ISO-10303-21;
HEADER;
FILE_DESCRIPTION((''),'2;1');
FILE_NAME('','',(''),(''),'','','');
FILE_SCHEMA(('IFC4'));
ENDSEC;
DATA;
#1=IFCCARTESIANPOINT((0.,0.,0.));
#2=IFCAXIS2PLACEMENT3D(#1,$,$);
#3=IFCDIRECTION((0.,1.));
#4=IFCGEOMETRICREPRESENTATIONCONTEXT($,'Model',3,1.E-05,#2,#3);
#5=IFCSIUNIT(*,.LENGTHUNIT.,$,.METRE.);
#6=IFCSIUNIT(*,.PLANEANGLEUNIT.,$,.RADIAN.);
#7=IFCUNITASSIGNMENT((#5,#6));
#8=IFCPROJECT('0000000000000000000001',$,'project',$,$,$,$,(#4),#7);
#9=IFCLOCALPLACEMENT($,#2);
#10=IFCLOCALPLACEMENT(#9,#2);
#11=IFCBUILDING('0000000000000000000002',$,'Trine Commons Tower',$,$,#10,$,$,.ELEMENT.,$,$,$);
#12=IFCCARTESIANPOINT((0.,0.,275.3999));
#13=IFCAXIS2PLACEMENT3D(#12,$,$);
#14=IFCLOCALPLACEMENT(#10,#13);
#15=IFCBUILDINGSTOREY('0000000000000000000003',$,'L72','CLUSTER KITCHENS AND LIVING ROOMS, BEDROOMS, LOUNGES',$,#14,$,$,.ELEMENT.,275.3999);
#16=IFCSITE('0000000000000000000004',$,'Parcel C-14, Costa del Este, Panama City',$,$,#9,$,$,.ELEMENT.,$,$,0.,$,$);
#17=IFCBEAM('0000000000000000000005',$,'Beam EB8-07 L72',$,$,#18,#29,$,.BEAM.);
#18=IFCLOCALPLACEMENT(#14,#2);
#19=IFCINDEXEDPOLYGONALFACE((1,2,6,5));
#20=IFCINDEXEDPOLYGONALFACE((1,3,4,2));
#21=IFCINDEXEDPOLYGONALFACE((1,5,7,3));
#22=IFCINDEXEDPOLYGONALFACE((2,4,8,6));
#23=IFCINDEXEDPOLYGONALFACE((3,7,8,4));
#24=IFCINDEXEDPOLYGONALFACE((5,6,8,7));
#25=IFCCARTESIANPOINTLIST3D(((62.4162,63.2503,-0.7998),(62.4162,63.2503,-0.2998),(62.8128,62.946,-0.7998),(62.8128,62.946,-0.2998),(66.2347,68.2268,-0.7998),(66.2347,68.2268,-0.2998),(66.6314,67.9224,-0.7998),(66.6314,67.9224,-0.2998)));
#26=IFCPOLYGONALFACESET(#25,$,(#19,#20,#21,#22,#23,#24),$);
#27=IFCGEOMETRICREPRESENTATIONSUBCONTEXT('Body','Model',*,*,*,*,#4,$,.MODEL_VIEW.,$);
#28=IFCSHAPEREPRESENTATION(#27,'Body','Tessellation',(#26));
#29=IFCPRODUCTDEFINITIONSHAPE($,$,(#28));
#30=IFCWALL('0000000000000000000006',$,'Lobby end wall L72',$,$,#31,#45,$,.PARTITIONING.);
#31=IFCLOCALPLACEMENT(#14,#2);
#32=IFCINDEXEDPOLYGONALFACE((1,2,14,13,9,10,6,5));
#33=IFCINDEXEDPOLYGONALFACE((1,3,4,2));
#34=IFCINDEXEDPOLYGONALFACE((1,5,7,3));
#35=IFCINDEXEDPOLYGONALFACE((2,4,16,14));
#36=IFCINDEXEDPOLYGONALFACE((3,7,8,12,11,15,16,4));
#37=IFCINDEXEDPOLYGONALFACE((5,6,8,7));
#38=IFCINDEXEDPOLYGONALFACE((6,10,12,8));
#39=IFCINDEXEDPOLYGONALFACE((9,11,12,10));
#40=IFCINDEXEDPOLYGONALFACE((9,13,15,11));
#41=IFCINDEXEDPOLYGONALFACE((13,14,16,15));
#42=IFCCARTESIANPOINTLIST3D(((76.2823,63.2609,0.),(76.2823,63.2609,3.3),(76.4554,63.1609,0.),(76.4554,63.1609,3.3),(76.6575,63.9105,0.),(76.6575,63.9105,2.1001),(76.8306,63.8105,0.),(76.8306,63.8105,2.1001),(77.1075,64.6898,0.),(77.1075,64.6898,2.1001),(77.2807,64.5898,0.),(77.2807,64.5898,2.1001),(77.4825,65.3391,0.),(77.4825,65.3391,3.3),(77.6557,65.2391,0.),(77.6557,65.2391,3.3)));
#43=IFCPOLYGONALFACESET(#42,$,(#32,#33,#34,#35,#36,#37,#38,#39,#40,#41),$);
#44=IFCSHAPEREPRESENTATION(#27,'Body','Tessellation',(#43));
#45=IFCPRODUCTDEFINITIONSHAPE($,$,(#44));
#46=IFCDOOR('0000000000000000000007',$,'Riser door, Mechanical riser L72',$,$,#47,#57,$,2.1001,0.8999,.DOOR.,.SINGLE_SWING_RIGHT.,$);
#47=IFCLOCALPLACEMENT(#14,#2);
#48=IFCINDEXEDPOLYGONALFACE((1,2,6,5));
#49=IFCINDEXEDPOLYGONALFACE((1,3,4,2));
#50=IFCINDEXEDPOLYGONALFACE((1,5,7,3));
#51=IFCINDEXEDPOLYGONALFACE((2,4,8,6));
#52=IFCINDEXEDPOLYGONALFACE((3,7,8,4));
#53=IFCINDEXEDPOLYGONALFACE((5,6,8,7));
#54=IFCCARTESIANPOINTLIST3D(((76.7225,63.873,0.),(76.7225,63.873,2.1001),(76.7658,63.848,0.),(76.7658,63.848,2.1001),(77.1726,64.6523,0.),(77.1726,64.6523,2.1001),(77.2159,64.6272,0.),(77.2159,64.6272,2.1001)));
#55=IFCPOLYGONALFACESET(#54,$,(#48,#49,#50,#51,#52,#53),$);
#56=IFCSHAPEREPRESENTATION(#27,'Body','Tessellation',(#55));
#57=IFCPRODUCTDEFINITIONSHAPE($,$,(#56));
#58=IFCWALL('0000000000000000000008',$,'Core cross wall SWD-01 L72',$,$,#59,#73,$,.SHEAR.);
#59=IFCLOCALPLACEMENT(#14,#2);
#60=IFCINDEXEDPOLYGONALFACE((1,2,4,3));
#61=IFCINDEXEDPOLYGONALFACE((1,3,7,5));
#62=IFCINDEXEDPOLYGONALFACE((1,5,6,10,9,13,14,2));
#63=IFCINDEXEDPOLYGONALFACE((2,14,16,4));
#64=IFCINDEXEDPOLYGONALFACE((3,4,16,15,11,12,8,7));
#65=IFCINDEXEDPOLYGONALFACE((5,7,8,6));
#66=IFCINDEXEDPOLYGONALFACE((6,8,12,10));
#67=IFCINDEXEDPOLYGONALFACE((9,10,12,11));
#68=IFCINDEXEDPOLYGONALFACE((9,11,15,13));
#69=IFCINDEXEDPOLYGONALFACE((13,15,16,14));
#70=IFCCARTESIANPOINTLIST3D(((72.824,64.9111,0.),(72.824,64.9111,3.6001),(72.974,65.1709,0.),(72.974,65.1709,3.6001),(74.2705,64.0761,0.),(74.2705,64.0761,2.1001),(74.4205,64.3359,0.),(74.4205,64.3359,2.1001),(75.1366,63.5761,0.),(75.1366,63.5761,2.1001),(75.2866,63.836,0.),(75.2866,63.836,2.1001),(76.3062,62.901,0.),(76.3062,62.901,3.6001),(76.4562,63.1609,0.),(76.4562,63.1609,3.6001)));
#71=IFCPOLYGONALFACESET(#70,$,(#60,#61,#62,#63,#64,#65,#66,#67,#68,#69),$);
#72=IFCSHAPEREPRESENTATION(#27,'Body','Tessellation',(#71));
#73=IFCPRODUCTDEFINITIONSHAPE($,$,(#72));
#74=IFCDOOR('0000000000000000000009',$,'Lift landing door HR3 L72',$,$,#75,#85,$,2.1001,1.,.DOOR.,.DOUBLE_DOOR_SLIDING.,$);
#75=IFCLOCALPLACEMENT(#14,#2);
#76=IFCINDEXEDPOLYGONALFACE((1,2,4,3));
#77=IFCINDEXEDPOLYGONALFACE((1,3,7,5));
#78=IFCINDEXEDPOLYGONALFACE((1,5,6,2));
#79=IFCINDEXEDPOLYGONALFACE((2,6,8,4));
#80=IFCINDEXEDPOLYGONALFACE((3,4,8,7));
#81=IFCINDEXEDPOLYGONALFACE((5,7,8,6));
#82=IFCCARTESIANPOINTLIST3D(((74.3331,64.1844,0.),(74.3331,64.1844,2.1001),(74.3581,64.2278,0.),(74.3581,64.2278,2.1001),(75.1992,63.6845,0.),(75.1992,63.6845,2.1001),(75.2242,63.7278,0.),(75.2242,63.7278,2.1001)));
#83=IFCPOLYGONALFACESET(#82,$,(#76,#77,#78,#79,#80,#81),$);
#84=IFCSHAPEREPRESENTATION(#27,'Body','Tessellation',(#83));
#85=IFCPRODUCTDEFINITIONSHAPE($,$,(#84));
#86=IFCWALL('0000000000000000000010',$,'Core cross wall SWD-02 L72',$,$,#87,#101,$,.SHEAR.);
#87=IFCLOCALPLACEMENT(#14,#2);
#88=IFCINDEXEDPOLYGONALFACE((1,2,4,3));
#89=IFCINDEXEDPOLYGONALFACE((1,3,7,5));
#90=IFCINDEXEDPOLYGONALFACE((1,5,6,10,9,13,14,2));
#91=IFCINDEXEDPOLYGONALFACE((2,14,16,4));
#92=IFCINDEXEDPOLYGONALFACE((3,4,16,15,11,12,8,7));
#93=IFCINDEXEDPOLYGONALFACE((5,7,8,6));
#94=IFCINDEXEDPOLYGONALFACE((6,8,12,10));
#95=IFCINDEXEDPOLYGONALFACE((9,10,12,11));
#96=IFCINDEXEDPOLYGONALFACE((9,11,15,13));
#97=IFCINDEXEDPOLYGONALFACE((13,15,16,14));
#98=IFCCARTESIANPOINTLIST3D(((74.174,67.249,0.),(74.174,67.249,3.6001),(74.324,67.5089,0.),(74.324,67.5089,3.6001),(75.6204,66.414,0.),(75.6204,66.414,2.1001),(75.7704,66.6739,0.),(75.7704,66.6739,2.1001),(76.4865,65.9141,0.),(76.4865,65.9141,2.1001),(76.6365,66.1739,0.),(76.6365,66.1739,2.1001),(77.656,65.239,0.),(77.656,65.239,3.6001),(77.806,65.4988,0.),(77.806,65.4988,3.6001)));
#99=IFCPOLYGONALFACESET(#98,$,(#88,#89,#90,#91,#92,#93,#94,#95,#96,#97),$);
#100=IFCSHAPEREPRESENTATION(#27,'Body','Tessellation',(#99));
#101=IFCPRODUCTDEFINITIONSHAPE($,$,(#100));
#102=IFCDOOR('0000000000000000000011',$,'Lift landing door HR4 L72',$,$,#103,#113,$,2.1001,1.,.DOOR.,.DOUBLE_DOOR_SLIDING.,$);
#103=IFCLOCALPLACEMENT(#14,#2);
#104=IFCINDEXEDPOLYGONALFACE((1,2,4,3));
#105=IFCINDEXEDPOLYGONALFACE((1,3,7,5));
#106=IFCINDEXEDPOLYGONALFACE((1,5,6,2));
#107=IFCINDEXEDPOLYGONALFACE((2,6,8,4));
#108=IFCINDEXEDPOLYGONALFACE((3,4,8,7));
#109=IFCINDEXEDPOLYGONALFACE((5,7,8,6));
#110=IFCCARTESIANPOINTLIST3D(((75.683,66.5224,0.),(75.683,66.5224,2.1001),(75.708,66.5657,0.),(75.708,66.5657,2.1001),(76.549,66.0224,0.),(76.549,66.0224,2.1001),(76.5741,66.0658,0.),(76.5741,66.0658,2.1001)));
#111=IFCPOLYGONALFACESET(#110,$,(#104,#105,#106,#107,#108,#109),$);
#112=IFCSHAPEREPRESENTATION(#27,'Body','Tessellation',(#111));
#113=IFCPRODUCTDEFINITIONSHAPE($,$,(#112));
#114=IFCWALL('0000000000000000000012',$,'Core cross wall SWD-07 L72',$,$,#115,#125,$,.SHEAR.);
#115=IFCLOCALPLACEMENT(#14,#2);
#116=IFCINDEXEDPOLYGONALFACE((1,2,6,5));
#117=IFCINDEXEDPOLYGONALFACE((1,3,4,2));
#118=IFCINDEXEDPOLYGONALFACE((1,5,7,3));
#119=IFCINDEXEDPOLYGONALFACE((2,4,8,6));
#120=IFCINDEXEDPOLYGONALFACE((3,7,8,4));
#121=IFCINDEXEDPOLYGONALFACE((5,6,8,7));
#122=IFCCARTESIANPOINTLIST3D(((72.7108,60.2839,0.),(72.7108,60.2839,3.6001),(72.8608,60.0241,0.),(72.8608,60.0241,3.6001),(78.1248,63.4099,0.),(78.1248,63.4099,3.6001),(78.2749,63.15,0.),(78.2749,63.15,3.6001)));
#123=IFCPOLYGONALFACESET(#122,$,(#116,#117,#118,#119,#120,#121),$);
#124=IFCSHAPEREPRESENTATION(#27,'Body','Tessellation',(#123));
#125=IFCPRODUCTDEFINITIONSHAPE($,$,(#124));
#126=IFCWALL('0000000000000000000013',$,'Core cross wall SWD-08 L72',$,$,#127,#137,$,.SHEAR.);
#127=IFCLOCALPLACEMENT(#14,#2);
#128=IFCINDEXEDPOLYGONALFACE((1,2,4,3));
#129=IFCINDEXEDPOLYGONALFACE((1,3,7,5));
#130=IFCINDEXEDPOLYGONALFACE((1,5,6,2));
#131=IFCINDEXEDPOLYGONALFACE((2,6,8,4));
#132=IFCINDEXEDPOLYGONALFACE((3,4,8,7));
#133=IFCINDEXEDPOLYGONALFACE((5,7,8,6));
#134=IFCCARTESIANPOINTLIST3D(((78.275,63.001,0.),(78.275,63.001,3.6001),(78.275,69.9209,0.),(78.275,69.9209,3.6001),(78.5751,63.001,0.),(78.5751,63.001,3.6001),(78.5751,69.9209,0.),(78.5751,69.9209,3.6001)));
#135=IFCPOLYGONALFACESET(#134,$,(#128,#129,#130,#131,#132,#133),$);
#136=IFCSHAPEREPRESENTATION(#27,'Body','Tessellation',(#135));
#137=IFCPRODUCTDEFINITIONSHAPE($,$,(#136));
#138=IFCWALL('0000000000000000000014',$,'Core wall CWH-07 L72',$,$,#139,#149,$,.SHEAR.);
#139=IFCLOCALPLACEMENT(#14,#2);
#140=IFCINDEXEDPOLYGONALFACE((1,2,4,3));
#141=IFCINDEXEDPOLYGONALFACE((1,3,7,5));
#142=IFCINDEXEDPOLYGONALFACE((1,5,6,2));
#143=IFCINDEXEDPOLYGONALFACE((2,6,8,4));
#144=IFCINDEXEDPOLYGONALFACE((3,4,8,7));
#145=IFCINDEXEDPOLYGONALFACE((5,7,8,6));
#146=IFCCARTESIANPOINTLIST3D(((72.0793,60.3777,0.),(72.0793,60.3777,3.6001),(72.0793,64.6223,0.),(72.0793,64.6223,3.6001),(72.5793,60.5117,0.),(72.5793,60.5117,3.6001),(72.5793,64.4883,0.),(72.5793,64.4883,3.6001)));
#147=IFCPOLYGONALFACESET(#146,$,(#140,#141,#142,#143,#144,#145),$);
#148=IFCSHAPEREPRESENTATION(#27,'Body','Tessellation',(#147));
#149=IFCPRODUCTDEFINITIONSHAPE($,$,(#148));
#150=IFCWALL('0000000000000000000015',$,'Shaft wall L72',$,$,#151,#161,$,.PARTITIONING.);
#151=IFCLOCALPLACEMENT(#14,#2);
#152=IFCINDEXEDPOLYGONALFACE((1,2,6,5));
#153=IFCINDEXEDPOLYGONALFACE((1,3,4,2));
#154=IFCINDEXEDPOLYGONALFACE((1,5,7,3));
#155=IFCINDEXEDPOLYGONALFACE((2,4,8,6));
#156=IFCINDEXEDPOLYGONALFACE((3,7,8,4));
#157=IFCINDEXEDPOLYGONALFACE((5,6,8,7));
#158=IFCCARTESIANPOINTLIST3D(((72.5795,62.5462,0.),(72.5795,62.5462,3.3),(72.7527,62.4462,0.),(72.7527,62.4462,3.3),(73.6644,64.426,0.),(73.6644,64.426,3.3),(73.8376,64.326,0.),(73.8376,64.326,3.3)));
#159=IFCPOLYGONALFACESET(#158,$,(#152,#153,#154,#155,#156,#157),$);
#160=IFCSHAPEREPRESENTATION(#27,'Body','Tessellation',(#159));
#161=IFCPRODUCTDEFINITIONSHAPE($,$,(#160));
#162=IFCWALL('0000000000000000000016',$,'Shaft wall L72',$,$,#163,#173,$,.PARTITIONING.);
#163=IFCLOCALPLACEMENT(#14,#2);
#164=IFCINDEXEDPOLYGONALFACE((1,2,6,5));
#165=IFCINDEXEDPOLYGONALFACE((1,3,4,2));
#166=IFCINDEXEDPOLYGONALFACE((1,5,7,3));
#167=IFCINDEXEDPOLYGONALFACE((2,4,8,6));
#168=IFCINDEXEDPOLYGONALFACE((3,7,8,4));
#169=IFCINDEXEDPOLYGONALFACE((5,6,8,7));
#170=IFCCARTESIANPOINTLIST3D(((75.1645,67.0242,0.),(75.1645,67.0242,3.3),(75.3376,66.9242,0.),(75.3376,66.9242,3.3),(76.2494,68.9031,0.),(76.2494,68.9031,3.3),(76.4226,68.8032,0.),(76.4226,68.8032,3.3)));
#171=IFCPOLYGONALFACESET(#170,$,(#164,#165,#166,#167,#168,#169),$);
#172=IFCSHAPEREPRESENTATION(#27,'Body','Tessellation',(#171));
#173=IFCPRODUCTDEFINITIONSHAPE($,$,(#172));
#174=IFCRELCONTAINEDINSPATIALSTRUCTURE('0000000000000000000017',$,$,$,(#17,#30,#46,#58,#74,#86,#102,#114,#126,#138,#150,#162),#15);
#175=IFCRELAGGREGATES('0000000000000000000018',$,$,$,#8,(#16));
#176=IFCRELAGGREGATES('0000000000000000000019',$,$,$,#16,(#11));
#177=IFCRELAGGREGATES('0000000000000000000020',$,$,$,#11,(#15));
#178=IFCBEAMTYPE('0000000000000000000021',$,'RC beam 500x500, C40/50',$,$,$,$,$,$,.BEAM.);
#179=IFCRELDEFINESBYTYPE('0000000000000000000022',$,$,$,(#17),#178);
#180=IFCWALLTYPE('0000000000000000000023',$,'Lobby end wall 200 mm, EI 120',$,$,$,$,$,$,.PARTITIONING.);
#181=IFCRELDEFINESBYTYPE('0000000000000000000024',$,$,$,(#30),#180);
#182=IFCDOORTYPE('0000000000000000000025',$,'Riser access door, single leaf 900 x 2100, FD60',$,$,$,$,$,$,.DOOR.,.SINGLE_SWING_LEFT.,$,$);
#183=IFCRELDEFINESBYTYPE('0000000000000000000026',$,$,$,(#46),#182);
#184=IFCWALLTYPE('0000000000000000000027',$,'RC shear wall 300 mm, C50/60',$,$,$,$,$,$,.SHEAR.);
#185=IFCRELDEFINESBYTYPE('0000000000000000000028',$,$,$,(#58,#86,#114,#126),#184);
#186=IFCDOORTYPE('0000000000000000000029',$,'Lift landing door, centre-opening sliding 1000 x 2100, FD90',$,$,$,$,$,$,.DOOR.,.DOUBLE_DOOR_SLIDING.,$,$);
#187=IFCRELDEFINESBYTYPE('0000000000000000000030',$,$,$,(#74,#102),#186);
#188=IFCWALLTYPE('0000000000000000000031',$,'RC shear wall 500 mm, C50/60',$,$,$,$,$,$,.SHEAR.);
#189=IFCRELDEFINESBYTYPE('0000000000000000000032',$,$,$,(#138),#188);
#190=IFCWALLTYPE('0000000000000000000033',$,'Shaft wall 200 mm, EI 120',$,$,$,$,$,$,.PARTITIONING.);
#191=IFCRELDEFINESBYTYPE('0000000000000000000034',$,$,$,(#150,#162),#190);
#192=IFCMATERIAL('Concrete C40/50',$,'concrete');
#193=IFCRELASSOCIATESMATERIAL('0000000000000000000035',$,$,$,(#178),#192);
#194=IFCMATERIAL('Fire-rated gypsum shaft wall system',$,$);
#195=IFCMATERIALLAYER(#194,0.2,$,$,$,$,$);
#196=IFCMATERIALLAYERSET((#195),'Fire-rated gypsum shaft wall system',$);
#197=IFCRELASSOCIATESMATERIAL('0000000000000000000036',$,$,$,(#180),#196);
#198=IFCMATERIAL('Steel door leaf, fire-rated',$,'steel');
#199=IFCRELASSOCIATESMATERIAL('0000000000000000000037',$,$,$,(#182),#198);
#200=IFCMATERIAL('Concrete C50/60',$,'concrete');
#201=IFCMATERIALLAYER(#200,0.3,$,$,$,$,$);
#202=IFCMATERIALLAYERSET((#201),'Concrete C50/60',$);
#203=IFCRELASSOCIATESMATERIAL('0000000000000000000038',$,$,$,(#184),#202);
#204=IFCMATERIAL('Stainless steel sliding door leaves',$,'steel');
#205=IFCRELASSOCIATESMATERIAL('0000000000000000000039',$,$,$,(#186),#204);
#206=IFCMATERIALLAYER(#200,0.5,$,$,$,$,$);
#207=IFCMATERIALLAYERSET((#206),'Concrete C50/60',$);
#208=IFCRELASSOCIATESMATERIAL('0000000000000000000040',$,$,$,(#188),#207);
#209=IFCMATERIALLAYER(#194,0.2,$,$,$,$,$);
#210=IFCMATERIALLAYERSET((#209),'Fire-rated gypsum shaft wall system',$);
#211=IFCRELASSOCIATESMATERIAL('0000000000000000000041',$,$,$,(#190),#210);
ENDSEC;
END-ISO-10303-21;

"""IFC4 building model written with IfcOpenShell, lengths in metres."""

from ifc_helpers import new_model, si_unit, direction, frame, frame_2d, origin, origin_2d, place, context, subcontext, project, spatial, polyline, rectangle, outline, extrude, material, layer, layer_set, material_profile, profile_set, type_object, element, fill, save


model = new_model("IFC4")

# Units and contexts
model_context = context("Model", 3, precision=1e-05, world=origin(), true_north=direction((0.0, 1.0)))
body_context = subcontext(model_context, "Body", "Model", "MODEL_VIEW")
ifc_project = project(units=[si_unit("LENGTHUNIT", "METRE"), si_unit("PLANEANGLEUNIT", "RADIAN")], contexts=[model_context])

# Site, building, storey
site_placement = place(None, origin())
site = spatial("IfcSite", under=ifc_project, at=site_placement, Name="Parcel C-14, Costa del Este, Panama City", CompositionType="ELEMENT", RefElevation=0.0)
building_placement = place(site_placement, origin())
building = spatial("IfcBuilding", under=site, at=building_placement, Name="Trine Commons Tower", CompositionType="ELEMENT")
storey_placement = place(building_placement, frame((0.0, 0.0, 275.3999)))
storey = spatial("IfcBuildingStorey", under=building, at=storey_placement, Name="L72", Description="CLUSTER KITCHENS AND LIVING ROOMS, BEDROOMS, LOUNGES", CompositionType="ELEMENT", Elevation=275.3999)

# Beam
ifc_material_1 = material(Name="Concrete C40/50", Category="concrete")
ifc_material_profile = material_profile(ifc_material_1, rectangle(XDim=0.5, YDim=0.5, at=origin_2d()), Name="RC 500x500")
ifc_profile_set = profile_set([ifc_material_profile], Name="Concrete C40/50")
beam_type = type_object("IfcBeamType", Name="RC beam 500x500, C40/50", PredefinedType="BEAM", material=ifc_profile_set)
beam_placement = place(storey_placement, frame((62.6145, 63.0981, -0.5498), z_axis=(0.608757, 0.793357, 0.0), x_axis=(-0.793357, 0.608757, 0.0)))
element("IfcBeam", 1, at=beam_placement, inside=storey, type_object=beam_type, Name="Beam EB8-07 L72", PredefinedType="BEAM", context=body_context, shape_type="SweptSolid", body=[
    extrude(rectangle(XDim=0.5, YDim=0.5, at=origin_2d()), origin(), (0.0, 0.0, 1.0), 6.2727),
])

# Walls, openings, doors
ifc_material_2 = material(Name="Fire-rated gypsum shaft wall system")
ifc_layer_1 = layer(ifc_material_2, 0.2)
ifc_layer_set_1 = layer_set([ifc_layer_1], Name="Fire-rated gypsum shaft wall system")
wall_type_1 = type_object("IfcWallType", Name="Lobby end wall 200 mm, EI 120", PredefinedType="PARTITIONING", material=ifc_layer_set_1)
wall_1_placement = place(storey_placement, frame((77.5691, 65.2891, 0.0), z_axis=(0.0, 0.0, 1.0), x_axis=(-0.500122, -0.865955, 0.0)))
wall_1 = element("IfcWall", 2, at=wall_1_placement, inside=storey, type_object=wall_type_1, Name="Lobby end wall L72", PredefinedType="PARTITIONING", context=body_context, shape_type="SweptSolid", body=[
    extrude(rectangle(XDim=2.3999, YDim=0.2, at=frame_2d((1.2, 0.0))), origin(), (0.0, 0.0, 1.0), 3.3),
])
opening_1_placement = place(wall_1_placement, frame((0.7498, 0.0, 0.0)))
opening_1 = element("IfcOpeningElement", 3, at=opening_1_placement, cuts=wall_1, PredefinedType="OPENING", context=body_context, shape_type="SweptSolid", body=[
    extrude(rectangle(XDim=0.8999, YDim=2.1001, at=frame_2d((0.45, 1.05))), frame((0.0, 0.1099, 0.0), z_axis=(0.0, -1.0, 0.0), x_axis=(1.0, 0.0, 0.0)), (0.0, 0.0, 1.0), 0.22),
])
ifc_material_3 = material(Name="Steel door leaf, fire-rated", Category="steel")
door_type_1 = type_object("IfcDoorType", Name="Riser access door, single leaf 900 x 2100, FD60", OperationType="SINGLE_SWING_LEFT", PredefinedType="DOOR", material=ifc_material_3)
door_1_placement = place(opening_1_placement, frame((0.8999, 0.0, 0.0), z_axis=(0.0, 0.0, 1.0), x_axis=(-1.0, 0.0, 0.0)))
door_1 = element("IfcDoor", 4, at=door_1_placement, inside=storey, type_object=door_type_1, Name="Riser door, Mechanical riser L72", OperationType="SINGLE_SWING_RIGHT", OverallHeight=2.1001, OverallWidth=0.8999, PredefinedType="DOOR", context=body_context, shape_type="SweptSolid", body=[
    extrude(rectangle(XDim=0.8999, YDim=2.1001, at=frame_2d((0.45, 1.05))), frame((0.0, 0.0249, 0.0), z_axis=(0.0, -1.0, 0.0), x_axis=(1.0, 0.0, 0.0)), (0.0, 0.0, 1.0), 0.05),
])
fill(opening_1, door_1)
ifc_material_4 = material(Name="Concrete C50/60", Category="concrete")
ifc_layer_2 = layer(ifc_material_4, 0.3)
ifc_layer_set_2 = layer_set([ifc_layer_2], Name="Concrete C50/60")
wall_type_2 = type_object("IfcWallType", Name="RC shear wall 300 mm, C50/60", PredefinedType="SHEAR", material=ifc_layer_set_2)
wall_2_placement = place(storey_placement, frame((76.3811, 63.031, 0.0), z_axis=(0.0, 0.0, 1.0), x_axis=(-0.866071, 0.49992, 0.0)))
wall_2 = element("IfcWall", 5, at=wall_2_placement, inside=storey, type_object=wall_type_2, Name="Core cross wall SWD-01 L72", PredefinedType="SHEAR", context=body_context, shape_type="SweptSolid", body=[
    extrude(rectangle(XDim=4.0208, YDim=0.3, at=frame_2d((2.0103, 0.0))), origin(), (0.0, 0.0, 1.0), 3.6001),
])
opening_2_placement = place(wall_2_placement, frame((1.3503, 0.0, 0.0)))
opening_2 = element("IfcOpeningElement", 6, at=opening_2_placement, cuts=wall_2, PredefinedType="OPENING", context=body_context, shape_type="SweptSolid", body=[
    extrude(rectangle(XDim=1.0, YDim=2.1001, at=frame_2d((0.5, 1.05))), frame((0.0, 0.1599, 0.0), z_axis=(0.0, -1.0, 0.0), x_axis=(1.0, 0.0, 0.0)), (0.0, 0.0, 1.0), 0.3201),
])
ifc_material_5 = material(Name="Stainless steel sliding door leaves", Category="steel")
door_type_2 = type_object("IfcDoorType", Name="Lift landing door, centre-opening sliding 1000 x 2100, FD90", OperationType="DOUBLE_DOOR_SLIDING", PredefinedType="DOOR", material=ifc_material_5)
door_2_placement = place(opening_2_placement, origin())
door_2 = element("IfcDoor", 7, at=door_2_placement, inside=storey, type_object=door_type_2, Name="Lift landing door HR3 L72", OperationType="DOUBLE_DOOR_SLIDING", OverallHeight=2.1001, OverallWidth=1.0, PredefinedType="DOOR", context=body_context, shape_type="SweptSolid", body=[
    extrude(rectangle(XDim=1.0, YDim=2.1001, at=frame_2d((0.5, 1.05))), frame((0.0, 0.0249, 0.0), z_axis=(0.0, -1.0, 0.0), x_axis=(1.0, 0.0, 0.0)), (0.0, 0.0, 1.0), 0.05),
])
fill(opening_2, door_2)
wall_3_placement = place(storey_placement, frame((77.731, 65.3689, 0.0), z_axis=(0.0, 0.0, 1.0), x_axis=(-0.866056, 0.499947, 0.0)))
wall_3 = element("IfcWall", 8, at=wall_3_placement, inside=storey, type_object=wall_type_2, Name="Core cross wall SWD-02 L72", PredefinedType="SHEAR", context=body_context, shape_type="SweptSolid", body=[
    extrude(rectangle(XDim=4.0205, YDim=0.3, at=frame_2d((2.0103, 0.0))), origin(), (0.0, 0.0, 1.0), 3.6001),
])
opening_3_placement = place(wall_3_placement, frame((1.3503, 0.0, 0.0)))
opening_3 = element("IfcOpeningElement", 9, at=opening_3_placement, cuts=wall_3, PredefinedType="OPENING", context=body_context, shape_type="SweptSolid", body=[
    extrude(rectangle(XDim=1.0, YDim=2.1001, at=frame_2d((0.5, 1.05))), frame((0.0, 0.1599, 0.0), z_axis=(0.0, -1.0, 0.0), x_axis=(1.0, 0.0, 0.0)), (0.0, 0.0, 1.0), 0.3201),
])
door_3_placement = place(opening_3_placement, origin())
door_3 = element("IfcDoor", 10, at=door_3_placement, inside=storey, type_object=door_type_2, Name="Lift landing door HR4 L72", OperationType="DOUBLE_DOOR_SLIDING", OverallHeight=2.1001, OverallWidth=1.0, PredefinedType="DOOR", context=body_context, shape_type="SweptSolid", body=[
    extrude(rectangle(XDim=1.0, YDim=2.1001, at=frame_2d((0.5, 1.05))), frame((0.0, 0.0249, 0.0), z_axis=(0.0, -1.0, 0.0), x_axis=(1.0, 0.0, 0.0)), (0.0, 0.0, 1.0), 0.05),
])
fill(opening_3, door_3)

# Walls
wall_4_placement = place(storey_placement, frame((78.2, 63.28, 0.0), z_axis=(0.0, 0.0, 1.0), x_axis=(-0.866014, -0.50002, 0.0)))
element("IfcWall", 11, at=wall_4_placement, inside=storey, type_object=wall_type_2, Name="Core cross wall SWD-07 L72", PredefinedType="SHEAR", context=body_context, shape_type="SweptSolid", body=[
    extrude(rectangle(XDim=6.2517, YDim=0.3, at=frame_2d((3.126, 0.0))), origin(), (0.0, 0.0, 1.0), 3.6001),
])
wall_5_placement = place(storey_placement, frame((78.425, 63.001, 0.0), z_axis=(0.0, 0.0, 1.0), x_axis=(0.0, 1.0, 0.0)))
element("IfcWall", 12, at=wall_5_placement, inside=storey, type_object=wall_type_2, Name="Core cross wall SWD-08 L72", PredefinedType="SHEAR", context=body_context, shape_type="SweptSolid", body=[
    extrude(rectangle(XDim=6.9199, YDim=0.3, at=frame_2d((3.46, 0.0))), origin(), (0.0, 0.0, 1.0), 3.6001),
])
ifc_layer_3 = layer(ifc_material_4, 0.5)
ifc_layer_set_3 = layer_set([ifc_layer_3], Name="Concrete C50/60")
wall_type_3 = type_object("IfcWallType", Name="RC shear wall 500 mm, C50/60", PredefinedType="SHEAR", material=ifc_layer_set_3)
wall_6_placement = place(storey_placement, frame((72.3293, 64.6223, 0.0), z_axis=(0.0, 0.0, 1.0), x_axis=(0.0, -1.0, 0.0)))
element("IfcWall", 13, at=wall_6_placement, inside=storey, type_object=wall_type_3, Name="Core wall CWH-07 L72", PredefinedType="SHEAR", context=body_context, shape_type="SweptSolid", body=[
    extrude(outline(polyline([(0.0, -0.25), (4.2446, -0.25), (4.1106, 0.25), (0.134, 0.25), (0.0, -0.25)])), origin(), (0.0, 0.0, 1.0), 3.6001),
])
ifc_layer_4 = layer(ifc_material_2, 0.2)
ifc_layer_set_4 = layer_set([ifc_layer_4], Name="Fire-rated gypsum shaft wall system")
wall_type_4 = type_object("IfcWallType", Name="Shaft wall 200 mm, EI 120", PredefinedType="PARTITIONING", material=ifc_layer_set_4)
wall_7_placement = place(storey_placement, frame((73.751, 64.376, 0.0), z_axis=(0.0, 0.0, 1.0), x_axis=(-0.499865, -0.866103, 0.0)))
element("IfcWall", 14, at=wall_7_placement, inside=storey, type_object=wall_type_4, Name="Shaft wall L72", PredefinedType="PARTITIONING", context=body_context, shape_type="SweptSolid", body=[
    extrude(rectangle(XDim=2.1704, YDim=0.2, at=frame_2d((1.0852, 0.0))), origin(), (0.0, 0.0, 1.0), 3.3),
])
wall_8_placement = place(storey_placement, frame((75.251, 66.9741, 0.0), z_axis=(0.0, 0.0, 1.0), x_axis=(0.50006, 0.865991, 0.0)))
element("IfcWall", 15, at=wall_8_placement, inside=storey, type_object=wall_type_4, Name="Shaft wall L72", PredefinedType="PARTITIONING", context=body_context, shape_type="SweptSolid", body=[
    extrude(rectangle(XDim=2.1697, YDim=0.2, at=frame_2d((1.085, 0.0))), origin(), (0.0, 0.0, 1.0), 3.3),
])

save(model, "model.ifc")
